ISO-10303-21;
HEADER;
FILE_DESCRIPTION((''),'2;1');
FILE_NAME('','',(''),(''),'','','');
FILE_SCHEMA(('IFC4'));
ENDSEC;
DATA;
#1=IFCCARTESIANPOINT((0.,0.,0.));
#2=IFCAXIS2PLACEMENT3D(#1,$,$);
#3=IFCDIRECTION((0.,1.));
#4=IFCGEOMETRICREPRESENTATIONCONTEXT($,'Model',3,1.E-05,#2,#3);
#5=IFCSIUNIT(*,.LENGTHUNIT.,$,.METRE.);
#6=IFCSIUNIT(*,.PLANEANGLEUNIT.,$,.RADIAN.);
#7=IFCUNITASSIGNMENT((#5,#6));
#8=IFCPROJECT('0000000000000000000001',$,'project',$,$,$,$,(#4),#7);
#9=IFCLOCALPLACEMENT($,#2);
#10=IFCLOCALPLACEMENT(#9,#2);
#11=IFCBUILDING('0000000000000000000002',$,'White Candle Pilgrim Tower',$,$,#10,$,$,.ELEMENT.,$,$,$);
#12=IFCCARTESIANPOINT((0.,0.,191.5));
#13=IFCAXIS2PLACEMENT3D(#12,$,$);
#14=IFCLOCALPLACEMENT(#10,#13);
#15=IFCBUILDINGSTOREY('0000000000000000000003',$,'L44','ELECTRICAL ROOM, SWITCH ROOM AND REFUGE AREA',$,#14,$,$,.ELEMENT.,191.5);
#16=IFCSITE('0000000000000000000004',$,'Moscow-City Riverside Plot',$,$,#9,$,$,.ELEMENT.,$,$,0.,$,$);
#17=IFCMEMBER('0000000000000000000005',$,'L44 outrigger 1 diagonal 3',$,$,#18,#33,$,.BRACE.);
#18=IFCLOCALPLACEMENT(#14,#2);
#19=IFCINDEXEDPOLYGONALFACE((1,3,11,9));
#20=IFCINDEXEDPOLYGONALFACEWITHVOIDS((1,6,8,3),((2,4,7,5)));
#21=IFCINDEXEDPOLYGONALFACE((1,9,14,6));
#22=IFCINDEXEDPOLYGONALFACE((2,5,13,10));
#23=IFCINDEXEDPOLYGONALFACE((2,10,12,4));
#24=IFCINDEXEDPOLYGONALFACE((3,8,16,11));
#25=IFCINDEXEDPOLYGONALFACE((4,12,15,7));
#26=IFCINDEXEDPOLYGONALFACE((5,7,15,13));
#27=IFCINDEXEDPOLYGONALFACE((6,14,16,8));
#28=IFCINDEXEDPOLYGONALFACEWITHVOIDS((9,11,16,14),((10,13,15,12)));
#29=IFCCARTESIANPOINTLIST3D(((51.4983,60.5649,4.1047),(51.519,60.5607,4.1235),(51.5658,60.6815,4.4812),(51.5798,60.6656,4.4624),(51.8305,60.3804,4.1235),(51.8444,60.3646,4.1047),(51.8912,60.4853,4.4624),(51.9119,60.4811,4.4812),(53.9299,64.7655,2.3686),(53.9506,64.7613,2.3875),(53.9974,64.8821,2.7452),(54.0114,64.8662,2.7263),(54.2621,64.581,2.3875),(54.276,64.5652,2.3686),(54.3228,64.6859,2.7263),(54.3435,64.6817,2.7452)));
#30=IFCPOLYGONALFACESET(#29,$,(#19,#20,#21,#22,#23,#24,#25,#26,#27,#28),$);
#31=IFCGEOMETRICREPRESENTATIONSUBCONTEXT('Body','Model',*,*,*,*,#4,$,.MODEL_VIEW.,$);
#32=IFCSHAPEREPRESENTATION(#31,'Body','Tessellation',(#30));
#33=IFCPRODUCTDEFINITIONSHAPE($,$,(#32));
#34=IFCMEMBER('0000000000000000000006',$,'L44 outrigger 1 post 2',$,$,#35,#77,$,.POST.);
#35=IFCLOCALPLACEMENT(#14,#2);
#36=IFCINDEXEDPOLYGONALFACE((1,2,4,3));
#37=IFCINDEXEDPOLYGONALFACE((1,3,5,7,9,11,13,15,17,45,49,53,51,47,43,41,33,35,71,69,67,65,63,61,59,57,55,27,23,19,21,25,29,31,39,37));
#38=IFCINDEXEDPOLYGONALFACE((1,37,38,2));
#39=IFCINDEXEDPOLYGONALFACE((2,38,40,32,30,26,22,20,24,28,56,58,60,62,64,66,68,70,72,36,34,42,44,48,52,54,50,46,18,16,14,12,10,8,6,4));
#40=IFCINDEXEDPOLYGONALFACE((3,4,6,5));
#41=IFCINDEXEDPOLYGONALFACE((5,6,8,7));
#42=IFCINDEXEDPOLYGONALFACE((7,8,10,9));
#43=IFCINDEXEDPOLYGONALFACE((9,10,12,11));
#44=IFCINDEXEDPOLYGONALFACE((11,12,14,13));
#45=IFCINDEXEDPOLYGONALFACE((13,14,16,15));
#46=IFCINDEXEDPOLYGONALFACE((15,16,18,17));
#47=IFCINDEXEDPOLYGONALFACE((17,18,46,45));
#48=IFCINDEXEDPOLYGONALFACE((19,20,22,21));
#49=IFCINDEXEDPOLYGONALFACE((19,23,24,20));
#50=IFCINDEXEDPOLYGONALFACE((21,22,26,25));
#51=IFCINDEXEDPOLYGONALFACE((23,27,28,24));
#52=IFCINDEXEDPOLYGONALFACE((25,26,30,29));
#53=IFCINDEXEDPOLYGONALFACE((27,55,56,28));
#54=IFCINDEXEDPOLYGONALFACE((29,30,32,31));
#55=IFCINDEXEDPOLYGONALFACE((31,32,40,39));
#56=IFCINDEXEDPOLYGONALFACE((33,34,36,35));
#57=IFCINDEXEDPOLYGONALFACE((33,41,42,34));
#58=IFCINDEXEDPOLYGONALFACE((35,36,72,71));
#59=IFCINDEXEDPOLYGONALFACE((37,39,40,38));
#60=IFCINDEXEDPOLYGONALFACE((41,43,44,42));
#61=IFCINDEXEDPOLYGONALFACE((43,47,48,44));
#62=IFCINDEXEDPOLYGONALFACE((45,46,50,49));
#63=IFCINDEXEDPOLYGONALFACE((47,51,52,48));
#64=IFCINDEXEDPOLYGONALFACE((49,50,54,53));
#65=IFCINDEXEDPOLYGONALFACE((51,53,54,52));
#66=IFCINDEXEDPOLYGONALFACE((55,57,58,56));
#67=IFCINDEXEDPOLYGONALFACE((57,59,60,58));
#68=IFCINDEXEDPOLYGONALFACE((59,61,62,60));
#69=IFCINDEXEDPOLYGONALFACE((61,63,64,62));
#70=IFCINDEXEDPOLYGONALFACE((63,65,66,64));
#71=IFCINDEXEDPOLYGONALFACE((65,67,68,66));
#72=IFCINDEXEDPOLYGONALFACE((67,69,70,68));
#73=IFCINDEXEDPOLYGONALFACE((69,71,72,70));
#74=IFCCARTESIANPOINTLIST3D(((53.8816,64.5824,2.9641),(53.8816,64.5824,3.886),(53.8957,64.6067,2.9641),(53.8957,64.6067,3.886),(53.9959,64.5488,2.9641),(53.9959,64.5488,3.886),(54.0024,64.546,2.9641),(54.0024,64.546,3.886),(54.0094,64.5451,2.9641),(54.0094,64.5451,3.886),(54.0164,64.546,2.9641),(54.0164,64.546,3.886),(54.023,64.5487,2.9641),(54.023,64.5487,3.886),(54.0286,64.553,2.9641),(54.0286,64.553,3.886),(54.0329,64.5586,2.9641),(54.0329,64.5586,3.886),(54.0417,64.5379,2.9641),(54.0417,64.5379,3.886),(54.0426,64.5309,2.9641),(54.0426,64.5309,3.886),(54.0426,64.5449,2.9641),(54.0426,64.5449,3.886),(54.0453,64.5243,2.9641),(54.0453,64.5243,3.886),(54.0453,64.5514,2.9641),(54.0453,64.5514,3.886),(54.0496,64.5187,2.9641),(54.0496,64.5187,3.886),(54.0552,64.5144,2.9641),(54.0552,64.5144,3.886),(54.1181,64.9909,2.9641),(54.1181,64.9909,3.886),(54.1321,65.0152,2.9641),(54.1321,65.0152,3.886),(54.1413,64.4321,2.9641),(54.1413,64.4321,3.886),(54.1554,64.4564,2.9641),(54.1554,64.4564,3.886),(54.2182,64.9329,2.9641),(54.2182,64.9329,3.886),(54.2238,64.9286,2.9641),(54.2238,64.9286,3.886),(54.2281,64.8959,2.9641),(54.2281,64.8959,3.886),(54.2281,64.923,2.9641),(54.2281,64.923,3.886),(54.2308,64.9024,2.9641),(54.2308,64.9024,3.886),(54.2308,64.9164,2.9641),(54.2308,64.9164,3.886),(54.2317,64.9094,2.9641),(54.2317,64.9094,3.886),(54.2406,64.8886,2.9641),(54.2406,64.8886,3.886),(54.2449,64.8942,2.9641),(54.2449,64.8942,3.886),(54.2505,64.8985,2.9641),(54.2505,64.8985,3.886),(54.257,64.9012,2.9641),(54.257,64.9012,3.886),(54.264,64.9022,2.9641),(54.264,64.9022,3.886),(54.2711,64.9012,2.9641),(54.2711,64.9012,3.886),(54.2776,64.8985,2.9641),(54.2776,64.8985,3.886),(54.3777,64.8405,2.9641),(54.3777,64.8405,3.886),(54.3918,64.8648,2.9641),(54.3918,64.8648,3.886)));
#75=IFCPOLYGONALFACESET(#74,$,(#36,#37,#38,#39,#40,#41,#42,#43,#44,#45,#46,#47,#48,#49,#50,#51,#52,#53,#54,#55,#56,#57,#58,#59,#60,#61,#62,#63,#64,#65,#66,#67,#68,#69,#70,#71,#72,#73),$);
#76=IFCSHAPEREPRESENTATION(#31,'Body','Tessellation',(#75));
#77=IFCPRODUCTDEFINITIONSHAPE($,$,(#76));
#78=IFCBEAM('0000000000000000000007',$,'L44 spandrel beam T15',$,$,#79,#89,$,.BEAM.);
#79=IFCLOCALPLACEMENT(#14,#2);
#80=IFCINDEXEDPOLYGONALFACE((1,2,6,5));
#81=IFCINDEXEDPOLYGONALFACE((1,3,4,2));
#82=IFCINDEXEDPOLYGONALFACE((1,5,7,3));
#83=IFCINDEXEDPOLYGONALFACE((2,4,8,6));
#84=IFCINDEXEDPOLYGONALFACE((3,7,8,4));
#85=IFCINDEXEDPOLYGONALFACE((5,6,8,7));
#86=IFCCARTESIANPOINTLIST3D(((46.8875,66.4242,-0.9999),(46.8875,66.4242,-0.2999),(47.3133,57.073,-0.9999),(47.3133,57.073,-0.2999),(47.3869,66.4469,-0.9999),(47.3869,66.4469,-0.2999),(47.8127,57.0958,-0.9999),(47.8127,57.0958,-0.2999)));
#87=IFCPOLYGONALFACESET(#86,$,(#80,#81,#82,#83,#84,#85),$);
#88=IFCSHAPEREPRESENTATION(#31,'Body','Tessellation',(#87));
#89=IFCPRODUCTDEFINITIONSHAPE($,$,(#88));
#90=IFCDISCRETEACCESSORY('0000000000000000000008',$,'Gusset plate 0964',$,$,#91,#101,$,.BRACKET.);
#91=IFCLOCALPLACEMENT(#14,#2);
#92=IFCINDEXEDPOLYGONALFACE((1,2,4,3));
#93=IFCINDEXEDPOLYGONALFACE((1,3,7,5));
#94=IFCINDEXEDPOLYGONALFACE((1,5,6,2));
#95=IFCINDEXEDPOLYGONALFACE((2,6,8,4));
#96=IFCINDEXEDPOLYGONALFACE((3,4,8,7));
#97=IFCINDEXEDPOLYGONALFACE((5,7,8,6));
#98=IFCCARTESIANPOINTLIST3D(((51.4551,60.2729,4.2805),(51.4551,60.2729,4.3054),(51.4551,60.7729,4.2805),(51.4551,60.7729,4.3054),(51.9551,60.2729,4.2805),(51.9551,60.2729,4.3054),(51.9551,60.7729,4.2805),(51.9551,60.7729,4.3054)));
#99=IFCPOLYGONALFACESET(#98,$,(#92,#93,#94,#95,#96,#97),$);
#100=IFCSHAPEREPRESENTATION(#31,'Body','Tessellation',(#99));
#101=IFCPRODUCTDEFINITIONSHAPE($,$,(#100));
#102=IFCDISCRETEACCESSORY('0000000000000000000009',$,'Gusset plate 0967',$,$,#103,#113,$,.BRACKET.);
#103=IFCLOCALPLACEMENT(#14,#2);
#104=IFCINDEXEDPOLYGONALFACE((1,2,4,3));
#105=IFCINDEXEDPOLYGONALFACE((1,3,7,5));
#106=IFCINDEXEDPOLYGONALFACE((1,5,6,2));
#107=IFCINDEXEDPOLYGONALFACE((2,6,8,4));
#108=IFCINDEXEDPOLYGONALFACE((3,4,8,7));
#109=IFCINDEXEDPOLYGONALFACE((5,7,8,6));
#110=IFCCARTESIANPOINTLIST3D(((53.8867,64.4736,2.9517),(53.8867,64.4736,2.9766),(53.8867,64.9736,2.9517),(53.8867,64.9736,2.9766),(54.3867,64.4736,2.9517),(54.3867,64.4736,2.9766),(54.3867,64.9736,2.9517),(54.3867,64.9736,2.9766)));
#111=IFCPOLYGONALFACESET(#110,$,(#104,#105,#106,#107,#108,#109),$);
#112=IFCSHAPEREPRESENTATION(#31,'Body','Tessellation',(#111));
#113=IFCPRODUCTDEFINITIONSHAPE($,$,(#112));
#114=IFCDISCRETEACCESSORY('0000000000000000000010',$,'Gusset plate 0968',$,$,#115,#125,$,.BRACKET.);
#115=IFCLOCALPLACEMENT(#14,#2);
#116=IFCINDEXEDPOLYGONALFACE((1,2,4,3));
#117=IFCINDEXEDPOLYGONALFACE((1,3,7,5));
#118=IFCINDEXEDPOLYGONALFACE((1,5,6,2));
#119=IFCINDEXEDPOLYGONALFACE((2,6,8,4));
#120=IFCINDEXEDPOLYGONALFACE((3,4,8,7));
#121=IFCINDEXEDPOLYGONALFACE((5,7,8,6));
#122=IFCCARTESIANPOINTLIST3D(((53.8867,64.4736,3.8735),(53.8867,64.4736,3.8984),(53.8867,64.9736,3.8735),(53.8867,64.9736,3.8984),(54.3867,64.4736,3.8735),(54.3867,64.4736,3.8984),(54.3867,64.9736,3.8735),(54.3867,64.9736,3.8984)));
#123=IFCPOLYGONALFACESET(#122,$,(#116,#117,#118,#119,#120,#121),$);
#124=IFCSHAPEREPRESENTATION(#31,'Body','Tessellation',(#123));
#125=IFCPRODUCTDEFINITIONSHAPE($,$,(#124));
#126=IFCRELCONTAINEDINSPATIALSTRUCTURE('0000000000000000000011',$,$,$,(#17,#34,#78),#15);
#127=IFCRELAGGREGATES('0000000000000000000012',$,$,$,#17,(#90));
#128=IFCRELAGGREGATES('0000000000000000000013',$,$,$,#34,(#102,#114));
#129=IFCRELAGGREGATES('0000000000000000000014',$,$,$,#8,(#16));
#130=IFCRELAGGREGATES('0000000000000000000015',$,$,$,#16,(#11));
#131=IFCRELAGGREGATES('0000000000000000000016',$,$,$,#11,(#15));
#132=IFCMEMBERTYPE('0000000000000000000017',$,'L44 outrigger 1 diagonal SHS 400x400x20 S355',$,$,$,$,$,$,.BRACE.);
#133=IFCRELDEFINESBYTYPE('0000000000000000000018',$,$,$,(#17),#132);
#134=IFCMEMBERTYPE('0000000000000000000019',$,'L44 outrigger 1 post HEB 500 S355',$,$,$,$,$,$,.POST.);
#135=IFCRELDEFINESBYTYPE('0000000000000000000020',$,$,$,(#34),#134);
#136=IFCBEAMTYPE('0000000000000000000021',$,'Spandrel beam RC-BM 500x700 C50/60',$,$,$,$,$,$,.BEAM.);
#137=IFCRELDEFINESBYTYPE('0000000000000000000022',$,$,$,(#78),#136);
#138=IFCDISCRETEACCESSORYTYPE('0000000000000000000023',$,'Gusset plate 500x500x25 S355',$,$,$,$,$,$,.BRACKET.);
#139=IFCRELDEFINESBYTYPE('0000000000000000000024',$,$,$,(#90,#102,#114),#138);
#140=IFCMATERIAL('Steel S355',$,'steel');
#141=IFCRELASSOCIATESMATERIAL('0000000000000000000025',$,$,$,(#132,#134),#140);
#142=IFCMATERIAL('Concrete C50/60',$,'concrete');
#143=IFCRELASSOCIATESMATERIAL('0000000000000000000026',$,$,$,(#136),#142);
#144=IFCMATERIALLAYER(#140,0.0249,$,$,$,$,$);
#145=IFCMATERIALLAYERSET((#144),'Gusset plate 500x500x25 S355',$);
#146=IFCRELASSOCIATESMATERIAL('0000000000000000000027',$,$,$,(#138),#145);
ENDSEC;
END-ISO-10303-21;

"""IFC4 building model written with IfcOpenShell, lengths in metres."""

from ifc_helpers import new_model, si_unit, direction, frame, origin, origin_2d, place, context, subcontext, project, spatial, rectangle, hollow_rectangle, i_section, extrude, material, layer, layer_set, material_profile, profile_set, type_object, element, aggregate, save


model = new_model("IFC4")

# Units and contexts
model_context = context("Model", 3, precision=1e-05, world=origin(), true_north=direction((0.0, 1.0)))
body_context = subcontext(model_context, "Body", "Model", "MODEL_VIEW")
ifc_project = project(units=[si_unit("LENGTHUNIT", "METRE"), si_unit("PLANEANGLEUNIT", "RADIAN")], contexts=[model_context])

# Site, building, storey
site_placement = place(None, origin())
site = spatial("IfcSite", under=ifc_project, at=site_placement, Name="Moscow-City Riverside Plot", CompositionType="ELEMENT", RefElevation=0.0)
building_placement = place(site_placement, origin())
building = spatial("IfcBuilding", under=site, at=building_placement, Name="White Candle Pilgrim Tower", CompositionType="ELEMENT")
storey_placement = place(building_placement, frame((0.0, 0.0, 191.5)))
storey = spatial("IfcBuildingStorey", under=building, at=storey_placement, Name="L44", Description="ELECTRICAL ROOM, SWITCH ROOM AND REFUGE AREA", CompositionType="ELEMENT", Elevation=191.5)

# Members
ifc_material_1 = material(Name="Steel S355", Category="steel")
ifc_material_profile_1 = material_profile(ifc_material_1, hollow_rectangle(XDim=0.3999, YDim=0.3999, WallThickness=0.02, at=origin_2d()), Name="SHS 400x400x20")
ifc_profile_set_1 = profile_set([ifc_material_profile_1], Name="Steel S355")
member_type_1 = type_object("IfcMemberType", Name="L44 outrigger 1 diagonal SHS 400x400x20 S355", PredefinedType="BRACE", material=ifc_profile_set_1)
member_1_placement = place(storey_placement, frame((54.1367, 64.7236, 2.5569), z_axis=(-0.471718, -0.814897, 0.336786), x_axis=(0.865456, -0.500985, 0.0)))
member_1 = element("IfcMember", 1, at=member_1_placement, inside=storey, type_object=member_type_1, Name="L44 outrigger 1 diagonal 3", PredefinedType="BRACE", context=body_context, shape_type="SweptSolid", body=[
    extrude(hollow_rectangle(XDim=0.3999, YDim=0.3999, WallThickness=0.02, at=origin_2d()), origin(), (0.0, 0.0, 1.0), 5.1548),
])
ifc_material_profile_2 = material_profile(ifc_material_1, i_section(OverallWidth=0.3, OverallDepth=0.5, WebThickness=0.0144, FlangeThickness=0.0281, FilletRadius=0.0271, at=origin_2d()), Name="HEB 500")
ifc_profile_set_2 = profile_set([ifc_material_profile_2], Name="Steel S355")
member_type_2 = type_object("IfcMemberType", Name="L44 outrigger 1 post HEB 500 S355", PredefinedType="POST", material=ifc_profile_set_2)
member_2_placement = place(storey_placement, frame((54.1367, 64.7236, 2.9641), z_axis=(0.0, 0.0, 1.0), x_axis=(0.865454, -0.500989, 0.0)))
member_2 = element("IfcMember", 2, at=member_2_placement, inside=storey, type_object=member_type_2, Name="L44 outrigger 1 post 2", PredefinedType="POST", context=body_context, shape_type="SweptSolid", body=[
    extrude(i_section(OverallWidth=0.3, OverallDepth=0.5, WebThickness=0.0144, FlangeThickness=0.0281, FilletRadius=0.0271, at=origin_2d()), origin(), (0.0, 0.0, 1.0), 0.9219),
])

# Beam
ifc_material_2 = material(Name="Concrete C50/60", Category="concrete")
ifc_material_profile_3 = material_profile(ifc_material_2, rectangle(XDim=0.5, YDim=0.7, at=origin_2d()), Name="RC-BM 500x700")
ifc_profile_set_3 = profile_set([ifc_material_profile_3], Name="Concrete C50/60")
beam_type = type_object("IfcBeamType", Name="Spandrel beam RC-BM 500x700 C50/60", PredefinedType="BEAM", material=ifc_profile_set_3)
beam_placement = place(storey_placement, frame((47.1372, 66.4355, -0.6499), z_axis=(0.045486, -0.998965, 0.0), x_axis=(0.998965, 0.045486, 0.0)))
element("IfcBeam", 3, at=beam_placement, inside=storey, type_object=beam_type, Name="L44 spandrel beam T15", PredefinedType="BEAM", context=body_context, shape_type="SweptSolid", body=[
    extrude(rectangle(XDim=0.5, YDim=0.7, at=origin_2d()), origin(), (0.0, 0.0, 1.0), 9.3608),
])

# Discrete accessories
ifc_layer_1 = layer(ifc_material_1, 0.0249)
ifc_layer_set_1 = layer_set([ifc_layer_1], Name="Gusset plate 500x500x25 S355")
discrete_accessory_type = type_object("IfcDiscreteAccessoryType", Name="Gusset plate 500x500x25 S355", PredefinedType="BRACKET", material=ifc_layer_set_1)
discrete_accessory_1_placement = place(storey_placement, frame((51.7051, 60.5229, 4.2805), z_axis=(0.0, 0.0, 1.0), x_axis=(1.0, 0.0, 0.0)))
discrete_accessory_1 = element("IfcDiscreteAccessory", 4, at=discrete_accessory_1_placement, type_object=discrete_accessory_type, Name="Gusset plate 0964", PredefinedType="BRACKET", context=body_context, shape_type="SweptSolid", body=[
    extrude(rectangle(XDim=0.5, YDim=0.5, at=origin_2d()), origin(), (0.0, 0.0, 1.0), 0.0249),
])
aggregate(member_1, [discrete_accessory_1])
discrete_accessory_2_placement = place(storey_placement, frame((54.1367, 64.7236, 2.9517), z_axis=(0.0, 0.0, 1.0), x_axis=(1.0, 0.0, 0.0)))
discrete_accessory_2 = element("IfcDiscreteAccessory", 5, at=discrete_accessory_2_placement, type_object=discrete_accessory_type, Name="Gusset plate 0967", PredefinedType="BRACKET", context=body_context, shape_type="SweptSolid", body=[
    extrude(rectangle(XDim=0.5, YDim=0.5, at=origin_2d()), origin(), (0.0, 0.0, 1.0), 0.0249),
])
discrete_accessory_3_placement = place(storey_placement, frame((54.1367, 64.7236, 3.8735), z_axis=(0.0, 0.0, 1.0), x_axis=(1.0, 0.0, 0.0)))
discrete_accessory_3 = element("IfcDiscreteAccessory", 6, at=discrete_accessory_3_placement, type_object=discrete_accessory_type, Name="Gusset plate 0968", PredefinedType="BRACKET", context=body_context, shape_type="SweptSolid", body=[
    extrude(rectangle(XDim=0.5, YDim=0.5, at=origin_2d()), origin(), (0.0, 0.0, 1.0), 0.0249),
])
aggregate(member_2, [discrete_accessory_2, discrete_accessory_3])

save(model, "model.ifc")
